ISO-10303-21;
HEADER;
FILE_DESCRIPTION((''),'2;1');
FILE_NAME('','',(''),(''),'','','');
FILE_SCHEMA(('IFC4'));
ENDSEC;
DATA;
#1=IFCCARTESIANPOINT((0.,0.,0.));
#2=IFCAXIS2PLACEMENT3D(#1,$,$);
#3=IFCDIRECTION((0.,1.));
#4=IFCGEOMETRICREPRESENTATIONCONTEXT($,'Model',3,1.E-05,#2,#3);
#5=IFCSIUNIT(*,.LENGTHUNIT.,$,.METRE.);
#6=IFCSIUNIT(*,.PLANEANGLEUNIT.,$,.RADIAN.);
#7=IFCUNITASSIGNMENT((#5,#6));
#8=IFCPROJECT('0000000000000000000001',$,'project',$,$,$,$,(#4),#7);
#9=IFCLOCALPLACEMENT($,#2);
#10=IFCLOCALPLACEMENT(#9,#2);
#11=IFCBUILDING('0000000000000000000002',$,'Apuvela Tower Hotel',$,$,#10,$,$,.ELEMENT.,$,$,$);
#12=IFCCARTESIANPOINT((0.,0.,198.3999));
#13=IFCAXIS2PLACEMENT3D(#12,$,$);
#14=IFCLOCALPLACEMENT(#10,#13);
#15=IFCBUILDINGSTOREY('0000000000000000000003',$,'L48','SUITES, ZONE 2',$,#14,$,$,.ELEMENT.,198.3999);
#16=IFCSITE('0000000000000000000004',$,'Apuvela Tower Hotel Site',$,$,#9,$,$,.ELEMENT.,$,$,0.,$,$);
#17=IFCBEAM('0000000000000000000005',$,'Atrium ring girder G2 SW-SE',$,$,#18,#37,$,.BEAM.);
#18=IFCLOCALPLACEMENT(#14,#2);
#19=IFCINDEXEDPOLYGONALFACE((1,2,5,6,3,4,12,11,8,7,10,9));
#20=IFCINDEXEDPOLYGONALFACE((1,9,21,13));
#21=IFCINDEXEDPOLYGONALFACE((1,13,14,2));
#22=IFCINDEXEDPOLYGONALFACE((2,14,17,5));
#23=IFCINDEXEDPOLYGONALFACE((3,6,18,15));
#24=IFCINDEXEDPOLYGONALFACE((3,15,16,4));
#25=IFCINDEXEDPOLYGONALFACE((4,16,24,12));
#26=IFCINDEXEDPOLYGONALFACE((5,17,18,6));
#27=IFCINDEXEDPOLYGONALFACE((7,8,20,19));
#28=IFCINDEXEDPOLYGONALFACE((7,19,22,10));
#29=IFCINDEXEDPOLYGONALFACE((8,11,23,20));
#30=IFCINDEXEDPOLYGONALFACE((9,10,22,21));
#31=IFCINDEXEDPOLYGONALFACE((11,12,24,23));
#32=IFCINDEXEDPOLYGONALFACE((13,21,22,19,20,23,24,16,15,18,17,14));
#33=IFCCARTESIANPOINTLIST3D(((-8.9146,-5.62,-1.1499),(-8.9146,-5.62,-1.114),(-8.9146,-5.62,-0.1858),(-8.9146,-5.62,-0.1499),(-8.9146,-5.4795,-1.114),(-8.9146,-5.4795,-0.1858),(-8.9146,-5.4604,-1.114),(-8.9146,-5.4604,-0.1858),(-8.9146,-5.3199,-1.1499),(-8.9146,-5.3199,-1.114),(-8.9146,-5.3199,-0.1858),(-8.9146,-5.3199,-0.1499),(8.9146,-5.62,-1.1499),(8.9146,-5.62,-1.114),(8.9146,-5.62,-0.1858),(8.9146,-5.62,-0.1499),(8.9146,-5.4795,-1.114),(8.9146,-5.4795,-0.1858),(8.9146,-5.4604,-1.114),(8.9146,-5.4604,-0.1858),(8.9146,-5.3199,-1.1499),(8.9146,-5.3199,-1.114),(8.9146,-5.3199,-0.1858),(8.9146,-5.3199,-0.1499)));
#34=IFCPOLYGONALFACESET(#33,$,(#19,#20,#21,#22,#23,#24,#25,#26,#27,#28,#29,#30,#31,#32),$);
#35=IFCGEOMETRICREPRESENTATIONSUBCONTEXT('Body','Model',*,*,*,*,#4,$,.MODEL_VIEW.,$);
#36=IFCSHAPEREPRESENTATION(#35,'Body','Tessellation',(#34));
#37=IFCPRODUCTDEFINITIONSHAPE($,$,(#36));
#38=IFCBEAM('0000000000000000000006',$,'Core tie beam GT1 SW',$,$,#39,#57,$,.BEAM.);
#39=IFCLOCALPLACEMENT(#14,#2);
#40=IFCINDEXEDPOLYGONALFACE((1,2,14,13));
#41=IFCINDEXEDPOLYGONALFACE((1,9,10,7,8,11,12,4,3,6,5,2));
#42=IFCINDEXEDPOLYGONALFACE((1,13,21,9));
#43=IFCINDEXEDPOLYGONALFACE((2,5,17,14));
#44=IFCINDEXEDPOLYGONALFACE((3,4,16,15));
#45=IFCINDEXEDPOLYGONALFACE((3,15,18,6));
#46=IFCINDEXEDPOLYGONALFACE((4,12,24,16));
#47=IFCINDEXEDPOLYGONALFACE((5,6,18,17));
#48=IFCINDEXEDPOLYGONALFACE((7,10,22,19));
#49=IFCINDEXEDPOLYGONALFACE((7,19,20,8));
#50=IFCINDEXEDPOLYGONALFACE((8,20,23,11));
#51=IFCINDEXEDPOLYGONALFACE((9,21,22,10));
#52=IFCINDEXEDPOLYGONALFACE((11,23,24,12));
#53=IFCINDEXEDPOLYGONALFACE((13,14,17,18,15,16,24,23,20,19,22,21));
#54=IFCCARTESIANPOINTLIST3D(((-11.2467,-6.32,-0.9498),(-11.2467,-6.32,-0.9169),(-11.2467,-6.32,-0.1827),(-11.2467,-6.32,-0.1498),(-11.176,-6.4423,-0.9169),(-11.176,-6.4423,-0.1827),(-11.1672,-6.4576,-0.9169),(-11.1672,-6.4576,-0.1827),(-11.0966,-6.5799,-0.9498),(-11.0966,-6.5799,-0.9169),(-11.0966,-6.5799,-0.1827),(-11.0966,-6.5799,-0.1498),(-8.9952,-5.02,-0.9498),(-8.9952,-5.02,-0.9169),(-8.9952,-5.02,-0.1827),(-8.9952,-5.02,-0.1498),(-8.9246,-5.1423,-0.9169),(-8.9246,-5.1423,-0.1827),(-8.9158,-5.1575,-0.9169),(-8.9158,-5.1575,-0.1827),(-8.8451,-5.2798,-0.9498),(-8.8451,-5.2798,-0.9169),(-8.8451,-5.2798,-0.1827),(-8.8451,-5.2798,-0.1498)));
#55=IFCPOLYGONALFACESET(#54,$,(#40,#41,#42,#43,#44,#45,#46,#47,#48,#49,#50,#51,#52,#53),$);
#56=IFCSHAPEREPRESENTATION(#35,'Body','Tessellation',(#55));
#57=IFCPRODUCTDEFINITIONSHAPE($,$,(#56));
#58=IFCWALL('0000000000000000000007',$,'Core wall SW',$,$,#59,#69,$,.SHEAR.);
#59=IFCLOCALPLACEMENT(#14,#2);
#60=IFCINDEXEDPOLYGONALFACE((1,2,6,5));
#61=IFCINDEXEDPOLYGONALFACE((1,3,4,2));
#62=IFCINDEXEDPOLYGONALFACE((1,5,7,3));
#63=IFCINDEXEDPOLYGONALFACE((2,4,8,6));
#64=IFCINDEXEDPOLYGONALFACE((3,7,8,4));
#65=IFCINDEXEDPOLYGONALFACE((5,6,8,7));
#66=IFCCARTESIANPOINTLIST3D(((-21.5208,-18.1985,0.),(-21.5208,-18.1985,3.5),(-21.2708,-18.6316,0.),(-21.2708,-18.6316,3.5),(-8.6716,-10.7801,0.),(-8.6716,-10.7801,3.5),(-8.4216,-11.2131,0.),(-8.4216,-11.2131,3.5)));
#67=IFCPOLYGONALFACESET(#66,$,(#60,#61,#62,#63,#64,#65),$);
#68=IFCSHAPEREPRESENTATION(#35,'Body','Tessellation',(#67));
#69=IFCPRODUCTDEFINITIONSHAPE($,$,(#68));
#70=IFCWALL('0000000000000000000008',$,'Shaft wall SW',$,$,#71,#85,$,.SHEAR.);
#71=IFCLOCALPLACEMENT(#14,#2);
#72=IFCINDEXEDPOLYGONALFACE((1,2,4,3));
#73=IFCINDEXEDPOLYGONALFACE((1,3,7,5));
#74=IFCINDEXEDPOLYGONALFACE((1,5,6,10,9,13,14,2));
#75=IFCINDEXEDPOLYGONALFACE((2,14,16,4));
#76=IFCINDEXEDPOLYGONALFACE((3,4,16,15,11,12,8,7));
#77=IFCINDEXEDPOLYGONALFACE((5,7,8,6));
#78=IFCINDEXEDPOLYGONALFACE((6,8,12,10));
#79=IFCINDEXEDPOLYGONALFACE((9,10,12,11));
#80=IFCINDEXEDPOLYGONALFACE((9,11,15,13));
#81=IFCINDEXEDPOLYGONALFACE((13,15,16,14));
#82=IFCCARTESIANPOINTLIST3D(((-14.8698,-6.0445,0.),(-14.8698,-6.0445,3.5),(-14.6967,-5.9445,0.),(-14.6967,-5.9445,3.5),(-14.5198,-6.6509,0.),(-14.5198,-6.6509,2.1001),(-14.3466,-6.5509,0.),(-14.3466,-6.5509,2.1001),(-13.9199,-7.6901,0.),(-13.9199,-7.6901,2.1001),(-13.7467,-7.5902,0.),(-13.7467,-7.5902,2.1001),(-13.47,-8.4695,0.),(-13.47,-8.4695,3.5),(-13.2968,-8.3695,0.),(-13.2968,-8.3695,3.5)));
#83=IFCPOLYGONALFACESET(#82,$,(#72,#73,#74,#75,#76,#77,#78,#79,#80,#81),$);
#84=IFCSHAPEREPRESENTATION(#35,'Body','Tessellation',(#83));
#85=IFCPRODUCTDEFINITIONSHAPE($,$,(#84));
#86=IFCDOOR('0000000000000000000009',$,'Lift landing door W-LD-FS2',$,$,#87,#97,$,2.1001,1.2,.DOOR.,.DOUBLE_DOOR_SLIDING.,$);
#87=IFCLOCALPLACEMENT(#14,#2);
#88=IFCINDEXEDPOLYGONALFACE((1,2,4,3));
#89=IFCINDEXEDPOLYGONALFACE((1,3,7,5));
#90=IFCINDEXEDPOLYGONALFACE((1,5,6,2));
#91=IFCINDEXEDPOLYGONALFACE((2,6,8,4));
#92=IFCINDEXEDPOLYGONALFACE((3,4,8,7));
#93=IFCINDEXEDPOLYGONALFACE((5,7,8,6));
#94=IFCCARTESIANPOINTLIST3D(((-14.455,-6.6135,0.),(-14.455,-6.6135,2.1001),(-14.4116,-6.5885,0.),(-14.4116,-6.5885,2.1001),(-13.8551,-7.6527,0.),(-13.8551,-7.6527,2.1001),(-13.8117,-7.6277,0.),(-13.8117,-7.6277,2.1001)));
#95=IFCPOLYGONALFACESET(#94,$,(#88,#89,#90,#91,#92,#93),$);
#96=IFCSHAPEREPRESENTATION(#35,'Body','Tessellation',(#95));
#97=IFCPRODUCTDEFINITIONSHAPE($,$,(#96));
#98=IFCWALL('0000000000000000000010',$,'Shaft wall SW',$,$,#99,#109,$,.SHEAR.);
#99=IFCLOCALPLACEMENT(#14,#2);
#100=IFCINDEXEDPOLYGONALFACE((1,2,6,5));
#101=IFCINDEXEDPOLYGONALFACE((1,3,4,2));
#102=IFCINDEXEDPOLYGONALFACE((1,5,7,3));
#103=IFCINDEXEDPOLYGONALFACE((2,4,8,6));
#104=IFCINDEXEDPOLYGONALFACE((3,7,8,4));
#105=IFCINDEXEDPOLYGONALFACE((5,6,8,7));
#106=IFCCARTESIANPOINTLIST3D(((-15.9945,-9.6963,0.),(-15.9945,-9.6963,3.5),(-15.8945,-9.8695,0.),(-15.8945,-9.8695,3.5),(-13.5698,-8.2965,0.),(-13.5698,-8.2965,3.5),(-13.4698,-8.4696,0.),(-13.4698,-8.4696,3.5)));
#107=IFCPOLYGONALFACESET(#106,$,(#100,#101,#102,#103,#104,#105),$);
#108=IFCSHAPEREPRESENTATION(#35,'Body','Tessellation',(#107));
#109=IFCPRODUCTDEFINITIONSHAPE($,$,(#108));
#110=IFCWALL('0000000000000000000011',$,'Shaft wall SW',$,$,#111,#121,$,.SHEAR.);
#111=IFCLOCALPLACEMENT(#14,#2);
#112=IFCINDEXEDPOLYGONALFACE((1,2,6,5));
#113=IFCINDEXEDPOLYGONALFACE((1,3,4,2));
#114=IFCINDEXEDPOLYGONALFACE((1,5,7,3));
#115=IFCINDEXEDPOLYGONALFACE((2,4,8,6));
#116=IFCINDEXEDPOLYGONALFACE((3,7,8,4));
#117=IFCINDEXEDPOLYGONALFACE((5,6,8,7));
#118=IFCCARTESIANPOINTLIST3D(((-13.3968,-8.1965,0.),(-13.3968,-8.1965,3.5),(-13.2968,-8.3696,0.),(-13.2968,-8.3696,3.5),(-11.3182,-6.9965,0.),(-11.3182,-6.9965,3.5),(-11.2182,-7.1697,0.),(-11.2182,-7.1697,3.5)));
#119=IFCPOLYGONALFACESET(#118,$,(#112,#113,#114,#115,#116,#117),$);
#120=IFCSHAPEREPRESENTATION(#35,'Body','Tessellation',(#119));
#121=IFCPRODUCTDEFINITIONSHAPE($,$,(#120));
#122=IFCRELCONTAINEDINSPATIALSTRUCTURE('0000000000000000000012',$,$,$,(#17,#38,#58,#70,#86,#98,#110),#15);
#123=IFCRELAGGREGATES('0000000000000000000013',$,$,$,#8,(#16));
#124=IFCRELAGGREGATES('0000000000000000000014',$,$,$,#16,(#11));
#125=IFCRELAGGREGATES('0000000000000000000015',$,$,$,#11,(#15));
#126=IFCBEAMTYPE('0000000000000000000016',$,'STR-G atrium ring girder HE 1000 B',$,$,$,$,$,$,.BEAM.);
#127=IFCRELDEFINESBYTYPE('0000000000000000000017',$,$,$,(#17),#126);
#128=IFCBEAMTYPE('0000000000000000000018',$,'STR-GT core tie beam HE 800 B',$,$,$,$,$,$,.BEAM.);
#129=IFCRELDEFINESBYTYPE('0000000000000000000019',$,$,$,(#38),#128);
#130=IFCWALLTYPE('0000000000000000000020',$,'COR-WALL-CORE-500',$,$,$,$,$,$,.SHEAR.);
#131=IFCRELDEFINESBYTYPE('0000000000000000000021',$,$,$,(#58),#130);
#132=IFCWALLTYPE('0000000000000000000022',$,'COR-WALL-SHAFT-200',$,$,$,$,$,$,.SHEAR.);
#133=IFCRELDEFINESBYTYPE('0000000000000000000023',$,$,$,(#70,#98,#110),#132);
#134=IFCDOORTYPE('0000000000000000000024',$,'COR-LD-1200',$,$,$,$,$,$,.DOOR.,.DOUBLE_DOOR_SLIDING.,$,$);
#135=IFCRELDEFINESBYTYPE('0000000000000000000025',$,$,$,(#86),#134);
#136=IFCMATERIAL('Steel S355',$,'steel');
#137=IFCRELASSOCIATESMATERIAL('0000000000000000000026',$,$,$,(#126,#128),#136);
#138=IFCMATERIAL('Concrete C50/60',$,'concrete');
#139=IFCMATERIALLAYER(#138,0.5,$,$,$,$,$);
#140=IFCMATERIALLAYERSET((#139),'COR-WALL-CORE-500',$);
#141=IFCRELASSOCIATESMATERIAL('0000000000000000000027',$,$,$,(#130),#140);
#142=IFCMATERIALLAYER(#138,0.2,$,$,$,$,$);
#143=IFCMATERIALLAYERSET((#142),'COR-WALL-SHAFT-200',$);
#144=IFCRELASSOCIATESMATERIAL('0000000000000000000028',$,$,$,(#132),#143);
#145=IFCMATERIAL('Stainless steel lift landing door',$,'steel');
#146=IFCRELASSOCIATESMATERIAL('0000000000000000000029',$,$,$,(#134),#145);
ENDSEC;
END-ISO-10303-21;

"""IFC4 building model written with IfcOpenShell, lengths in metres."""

from ifc_helpers import new_model, si_unit, direction, frame, frame_2d, origin, origin_2d, place, context, subcontext, project, spatial, rectangle, i_section, extrude, material, layer, layer_set, material_profile, profile_set, type_object, element, fill, save


model = new_model("IFC4")

# Units and contexts
model_context = context("Model", 3, precision=1e-05, world=origin(), true_north=direction((0.0, 1.0)))
body_context = subcontext(model_context, "Body", "Model", "MODEL_VIEW")
ifc_project = project(units=[si_unit("LENGTHUNIT", "METRE"), si_unit("PLANEANGLEUNIT", "RADIAN")], contexts=[model_context])

# Site, building, storey
site_placement = place(None, origin())
site = spatial("IfcSite", under=ifc_project, at=site_placement, Name="Apuvela Tower Hotel Site", CompositionType="ELEMENT", RefElevation=0.0)
building_placement = place(site_placement, origin())
building = spatial("IfcBuilding", under=site, at=building_placement, Name="Apuvela Tower Hotel", CompositionType="ELEMENT")
storey_placement = place(building_placement, frame((0.0, 0.0, 198.3999)))
storey = spatial("IfcBuildingStorey", under=building, at=storey_placement, Name="L48", Description="SUITES, ZONE 2", CompositionType="ELEMENT", Elevation=198.3999)

# Beams
ifc_material_1 = material(Name="Steel S355", Category="steel")
ifc_material_profile_1 = material_profile(ifc_material_1, i_section(OverallWidth=0.3, OverallDepth=1.0, WebThickness=0.019, FlangeThickness=0.0359, at=origin_2d()), Name="HE 1000 B")
ifc_profile_set_1 = profile_set([ifc_material_profile_1], Name="Steel S355")
beam_type_1 = type_object("IfcBeamType", Name="STR-G atrium ring girder HE 1000 B", PredefinedType="BEAM", material=ifc_profile_set_1)
beam_1_placement = place(storey_placement, frame((-8.9146, -5.47, -0.6499), z_axis=(1.0, 0.0, 0.0), x_axis=(0.0, 1.0, 0.0)))
element("IfcBeam", 1, at=beam_1_placement, inside=storey, type_object=beam_type_1, Name="Atrium ring girder G2 SW-SE", PredefinedType="BEAM", context=body_context, shape_type="SweptSolid", body=[
    extrude(i_section(OverallWidth=0.3, OverallDepth=1.0, WebThickness=0.019, FlangeThickness=0.0359, at=origin_2d()), origin(), (0.0, 0.0, 1.0), 17.8291),
])
ifc_material_profile_2 = material_profile(ifc_material_1, i_section(OverallWidth=0.3, OverallDepth=0.8, WebThickness=0.0176, FlangeThickness=0.033, at=origin_2d()), Name="HE 800 B")
ifc_profile_set_2 = profile_set([ifc_material_profile_2], Name="Steel S355")
beam_type_2 = type_object("IfcBeamType", Name="STR-GT core tie beam HE 800 B", PredefinedType="BEAM", material=ifc_profile_set_2)
beam_2_placement = place(storey_placement, frame((-11.1716, -6.45, -0.5498), z_axis=(0.865998, 0.500048, 0.0), x_axis=(-0.500048, 0.865998, 0.0)))
element("IfcBeam", 2, at=beam_2_placement, inside=storey, type_object=beam_type_2, Name="Core tie beam GT1 SW", PredefinedType="BEAM", context=body_context, shape_type="SweptSolid", body=[
    extrude(i_section(OverallWidth=0.3, OverallDepth=0.8, WebThickness=0.0176, FlangeThickness=0.033, at=origin_2d()), origin(), (0.0, 0.0, 1.0), 2.5999),
])

# Wall
ifc_material_2 = material(Name="Concrete C50/60", Category="concrete")
ifc_layer_1 = layer(ifc_material_2, 0.5)
ifc_layer_set_1 = layer_set([ifc_layer_1], Name="COR-WALL-CORE-500")
wall_type_1 = type_object("IfcWallType", Name="COR-WALL-CORE-500", PredefinedType="SHEAR", material=ifc_layer_set_1)
wall_1_placement = place(storey_placement, frame((-8.5466, -10.9966, 0.0), z_axis=(0.0, 0.0, 1.0), x_axis=(-0.866025, -0.500001, 0.0)))
element("IfcWall", 3, at=wall_1_placement, inside=storey, type_object=wall_type_1, Name="Core wall SW", PredefinedType="SHEAR", context=body_context, shape_type="SweptSolid", body=[
    extrude(rectangle(XDim=14.8369, YDim=0.5, at=frame_2d((7.4185, 0.0))), origin(), (0.0, 0.0, 1.0), 3.5),
])

# Wall, opening, door
ifc_layer_2 = layer(ifc_material_2, 0.2)
ifc_layer_set_2 = layer_set([ifc_layer_2], Name="COR-WALL-SHAFT-200")
wall_type_2 = type_object("IfcWallType", Name="COR-WALL-SHAFT-200", PredefinedType="SHEAR", material=ifc_layer_set_2)
wall_2_placement = place(storey_placement, frame((-14.7832, -5.9946, 0.0), z_axis=(0.0, 0.0, 1.0), x_axis=(0.499946, -0.866056, 0.0)))
wall_2 = element("IfcWall", 4, at=wall_2_placement, inside=storey, type_object=wall_type_2, Name="Shaft wall SW", PredefinedType="SHEAR", context=body_context, shape_type="SweptSolid", body=[
    extrude(rectangle(XDim=2.8, YDim=0.2, at=frame_2d((1.3999, 0.0))), origin(), (0.0, 0.0, 1.0), 3.5),
])
opening_1_placement = place(wall_2_placement, frame((0.7, 0.0, 0.0)))
opening_1 = element("IfcOpeningElement", 5, at=opening_1_placement, cuts=wall_2, PredefinedType="OPENING", context=body_context, shape_type="SweptSolid", body=[
    extrude(rectangle(XDim=1.2, YDim=2.1001, at=frame_2d((0.6001, 1.05))), frame((0.0, 0.1099, 0.0), z_axis=(0.0, -1.0, 0.0), x_axis=(1.0, 0.0, 0.0)), (0.0, 0.0, 1.0), 0.22),
])
ifc_material_3 = material(Name="Stainless steel lift landing door", Category="steel")
door_type_1 = type_object("IfcDoorType", Name="COR-LD-1200", OperationType="DOUBLE_DOOR_SLIDING", PredefinedType="DOOR", material=ifc_material_3)
door_1_placement = place(opening_1_placement, origin())
door_1 = element("IfcDoor", 6, at=door_1_placement, inside=storey, type_object=door_type_1, Name="Lift landing door W-LD-FS2", OperationType="DOUBLE_DOOR_SLIDING", OverallHeight=2.1001, OverallWidth=1.2, PredefinedType="DOOR", context=body_context, shape_type="SweptSolid", body=[
    extrude(rectangle(XDim=1.2, YDim=2.1001, at=frame_2d((0.6001, 1.05))), frame((0.0, 0.0249, 0.0), z_axis=(0.0, -1.0, 0.0), x_axis=(1.0, 0.0, 0.0)), (0.0, 0.0, 1.0), 0.05),
])
fill(opening_1, door_1)

# Walls
wall_3_placement = place(storey_placement, frame((-13.5198, -8.3831, 0.0), z_axis=(0.0, 0.0, 1.0), x_axis=(-0.866035, -0.499984, 0.0)))
element("IfcWall", 7, at=wall_3_placement, inside=storey, type_object=wall_type_2, Name="Shaft wall SW", PredefinedType="SHEAR", context=body_context, shape_type="SweptSolid", body=[
    extrude(rectangle(XDim=2.7998, YDim=0.2, at=frame_2d((1.3999, 0.0))), origin(), (0.0, 0.0, 1.0), 3.5),
])
wall_4_placement = place(storey_placement, frame((-11.2681, -7.083, 0.0), z_axis=(0.0, 0.0, 1.0), x_axis=(-0.86605, -0.499957, 0.0)))
element("IfcWall", 8, at=wall_4_placement, inside=storey, type_object=wall_type_2, Name="Shaft wall SW", PredefinedType="SHEAR", context=body_context, shape_type="SweptSolid", body=[
    extrude(rectangle(XDim=2.4001, YDim=0.2, at=frame_2d((1.2002, 0.0))), origin(), (0.0, 0.0, 1.0), 3.5),
])

save(model, "model.ifc")
